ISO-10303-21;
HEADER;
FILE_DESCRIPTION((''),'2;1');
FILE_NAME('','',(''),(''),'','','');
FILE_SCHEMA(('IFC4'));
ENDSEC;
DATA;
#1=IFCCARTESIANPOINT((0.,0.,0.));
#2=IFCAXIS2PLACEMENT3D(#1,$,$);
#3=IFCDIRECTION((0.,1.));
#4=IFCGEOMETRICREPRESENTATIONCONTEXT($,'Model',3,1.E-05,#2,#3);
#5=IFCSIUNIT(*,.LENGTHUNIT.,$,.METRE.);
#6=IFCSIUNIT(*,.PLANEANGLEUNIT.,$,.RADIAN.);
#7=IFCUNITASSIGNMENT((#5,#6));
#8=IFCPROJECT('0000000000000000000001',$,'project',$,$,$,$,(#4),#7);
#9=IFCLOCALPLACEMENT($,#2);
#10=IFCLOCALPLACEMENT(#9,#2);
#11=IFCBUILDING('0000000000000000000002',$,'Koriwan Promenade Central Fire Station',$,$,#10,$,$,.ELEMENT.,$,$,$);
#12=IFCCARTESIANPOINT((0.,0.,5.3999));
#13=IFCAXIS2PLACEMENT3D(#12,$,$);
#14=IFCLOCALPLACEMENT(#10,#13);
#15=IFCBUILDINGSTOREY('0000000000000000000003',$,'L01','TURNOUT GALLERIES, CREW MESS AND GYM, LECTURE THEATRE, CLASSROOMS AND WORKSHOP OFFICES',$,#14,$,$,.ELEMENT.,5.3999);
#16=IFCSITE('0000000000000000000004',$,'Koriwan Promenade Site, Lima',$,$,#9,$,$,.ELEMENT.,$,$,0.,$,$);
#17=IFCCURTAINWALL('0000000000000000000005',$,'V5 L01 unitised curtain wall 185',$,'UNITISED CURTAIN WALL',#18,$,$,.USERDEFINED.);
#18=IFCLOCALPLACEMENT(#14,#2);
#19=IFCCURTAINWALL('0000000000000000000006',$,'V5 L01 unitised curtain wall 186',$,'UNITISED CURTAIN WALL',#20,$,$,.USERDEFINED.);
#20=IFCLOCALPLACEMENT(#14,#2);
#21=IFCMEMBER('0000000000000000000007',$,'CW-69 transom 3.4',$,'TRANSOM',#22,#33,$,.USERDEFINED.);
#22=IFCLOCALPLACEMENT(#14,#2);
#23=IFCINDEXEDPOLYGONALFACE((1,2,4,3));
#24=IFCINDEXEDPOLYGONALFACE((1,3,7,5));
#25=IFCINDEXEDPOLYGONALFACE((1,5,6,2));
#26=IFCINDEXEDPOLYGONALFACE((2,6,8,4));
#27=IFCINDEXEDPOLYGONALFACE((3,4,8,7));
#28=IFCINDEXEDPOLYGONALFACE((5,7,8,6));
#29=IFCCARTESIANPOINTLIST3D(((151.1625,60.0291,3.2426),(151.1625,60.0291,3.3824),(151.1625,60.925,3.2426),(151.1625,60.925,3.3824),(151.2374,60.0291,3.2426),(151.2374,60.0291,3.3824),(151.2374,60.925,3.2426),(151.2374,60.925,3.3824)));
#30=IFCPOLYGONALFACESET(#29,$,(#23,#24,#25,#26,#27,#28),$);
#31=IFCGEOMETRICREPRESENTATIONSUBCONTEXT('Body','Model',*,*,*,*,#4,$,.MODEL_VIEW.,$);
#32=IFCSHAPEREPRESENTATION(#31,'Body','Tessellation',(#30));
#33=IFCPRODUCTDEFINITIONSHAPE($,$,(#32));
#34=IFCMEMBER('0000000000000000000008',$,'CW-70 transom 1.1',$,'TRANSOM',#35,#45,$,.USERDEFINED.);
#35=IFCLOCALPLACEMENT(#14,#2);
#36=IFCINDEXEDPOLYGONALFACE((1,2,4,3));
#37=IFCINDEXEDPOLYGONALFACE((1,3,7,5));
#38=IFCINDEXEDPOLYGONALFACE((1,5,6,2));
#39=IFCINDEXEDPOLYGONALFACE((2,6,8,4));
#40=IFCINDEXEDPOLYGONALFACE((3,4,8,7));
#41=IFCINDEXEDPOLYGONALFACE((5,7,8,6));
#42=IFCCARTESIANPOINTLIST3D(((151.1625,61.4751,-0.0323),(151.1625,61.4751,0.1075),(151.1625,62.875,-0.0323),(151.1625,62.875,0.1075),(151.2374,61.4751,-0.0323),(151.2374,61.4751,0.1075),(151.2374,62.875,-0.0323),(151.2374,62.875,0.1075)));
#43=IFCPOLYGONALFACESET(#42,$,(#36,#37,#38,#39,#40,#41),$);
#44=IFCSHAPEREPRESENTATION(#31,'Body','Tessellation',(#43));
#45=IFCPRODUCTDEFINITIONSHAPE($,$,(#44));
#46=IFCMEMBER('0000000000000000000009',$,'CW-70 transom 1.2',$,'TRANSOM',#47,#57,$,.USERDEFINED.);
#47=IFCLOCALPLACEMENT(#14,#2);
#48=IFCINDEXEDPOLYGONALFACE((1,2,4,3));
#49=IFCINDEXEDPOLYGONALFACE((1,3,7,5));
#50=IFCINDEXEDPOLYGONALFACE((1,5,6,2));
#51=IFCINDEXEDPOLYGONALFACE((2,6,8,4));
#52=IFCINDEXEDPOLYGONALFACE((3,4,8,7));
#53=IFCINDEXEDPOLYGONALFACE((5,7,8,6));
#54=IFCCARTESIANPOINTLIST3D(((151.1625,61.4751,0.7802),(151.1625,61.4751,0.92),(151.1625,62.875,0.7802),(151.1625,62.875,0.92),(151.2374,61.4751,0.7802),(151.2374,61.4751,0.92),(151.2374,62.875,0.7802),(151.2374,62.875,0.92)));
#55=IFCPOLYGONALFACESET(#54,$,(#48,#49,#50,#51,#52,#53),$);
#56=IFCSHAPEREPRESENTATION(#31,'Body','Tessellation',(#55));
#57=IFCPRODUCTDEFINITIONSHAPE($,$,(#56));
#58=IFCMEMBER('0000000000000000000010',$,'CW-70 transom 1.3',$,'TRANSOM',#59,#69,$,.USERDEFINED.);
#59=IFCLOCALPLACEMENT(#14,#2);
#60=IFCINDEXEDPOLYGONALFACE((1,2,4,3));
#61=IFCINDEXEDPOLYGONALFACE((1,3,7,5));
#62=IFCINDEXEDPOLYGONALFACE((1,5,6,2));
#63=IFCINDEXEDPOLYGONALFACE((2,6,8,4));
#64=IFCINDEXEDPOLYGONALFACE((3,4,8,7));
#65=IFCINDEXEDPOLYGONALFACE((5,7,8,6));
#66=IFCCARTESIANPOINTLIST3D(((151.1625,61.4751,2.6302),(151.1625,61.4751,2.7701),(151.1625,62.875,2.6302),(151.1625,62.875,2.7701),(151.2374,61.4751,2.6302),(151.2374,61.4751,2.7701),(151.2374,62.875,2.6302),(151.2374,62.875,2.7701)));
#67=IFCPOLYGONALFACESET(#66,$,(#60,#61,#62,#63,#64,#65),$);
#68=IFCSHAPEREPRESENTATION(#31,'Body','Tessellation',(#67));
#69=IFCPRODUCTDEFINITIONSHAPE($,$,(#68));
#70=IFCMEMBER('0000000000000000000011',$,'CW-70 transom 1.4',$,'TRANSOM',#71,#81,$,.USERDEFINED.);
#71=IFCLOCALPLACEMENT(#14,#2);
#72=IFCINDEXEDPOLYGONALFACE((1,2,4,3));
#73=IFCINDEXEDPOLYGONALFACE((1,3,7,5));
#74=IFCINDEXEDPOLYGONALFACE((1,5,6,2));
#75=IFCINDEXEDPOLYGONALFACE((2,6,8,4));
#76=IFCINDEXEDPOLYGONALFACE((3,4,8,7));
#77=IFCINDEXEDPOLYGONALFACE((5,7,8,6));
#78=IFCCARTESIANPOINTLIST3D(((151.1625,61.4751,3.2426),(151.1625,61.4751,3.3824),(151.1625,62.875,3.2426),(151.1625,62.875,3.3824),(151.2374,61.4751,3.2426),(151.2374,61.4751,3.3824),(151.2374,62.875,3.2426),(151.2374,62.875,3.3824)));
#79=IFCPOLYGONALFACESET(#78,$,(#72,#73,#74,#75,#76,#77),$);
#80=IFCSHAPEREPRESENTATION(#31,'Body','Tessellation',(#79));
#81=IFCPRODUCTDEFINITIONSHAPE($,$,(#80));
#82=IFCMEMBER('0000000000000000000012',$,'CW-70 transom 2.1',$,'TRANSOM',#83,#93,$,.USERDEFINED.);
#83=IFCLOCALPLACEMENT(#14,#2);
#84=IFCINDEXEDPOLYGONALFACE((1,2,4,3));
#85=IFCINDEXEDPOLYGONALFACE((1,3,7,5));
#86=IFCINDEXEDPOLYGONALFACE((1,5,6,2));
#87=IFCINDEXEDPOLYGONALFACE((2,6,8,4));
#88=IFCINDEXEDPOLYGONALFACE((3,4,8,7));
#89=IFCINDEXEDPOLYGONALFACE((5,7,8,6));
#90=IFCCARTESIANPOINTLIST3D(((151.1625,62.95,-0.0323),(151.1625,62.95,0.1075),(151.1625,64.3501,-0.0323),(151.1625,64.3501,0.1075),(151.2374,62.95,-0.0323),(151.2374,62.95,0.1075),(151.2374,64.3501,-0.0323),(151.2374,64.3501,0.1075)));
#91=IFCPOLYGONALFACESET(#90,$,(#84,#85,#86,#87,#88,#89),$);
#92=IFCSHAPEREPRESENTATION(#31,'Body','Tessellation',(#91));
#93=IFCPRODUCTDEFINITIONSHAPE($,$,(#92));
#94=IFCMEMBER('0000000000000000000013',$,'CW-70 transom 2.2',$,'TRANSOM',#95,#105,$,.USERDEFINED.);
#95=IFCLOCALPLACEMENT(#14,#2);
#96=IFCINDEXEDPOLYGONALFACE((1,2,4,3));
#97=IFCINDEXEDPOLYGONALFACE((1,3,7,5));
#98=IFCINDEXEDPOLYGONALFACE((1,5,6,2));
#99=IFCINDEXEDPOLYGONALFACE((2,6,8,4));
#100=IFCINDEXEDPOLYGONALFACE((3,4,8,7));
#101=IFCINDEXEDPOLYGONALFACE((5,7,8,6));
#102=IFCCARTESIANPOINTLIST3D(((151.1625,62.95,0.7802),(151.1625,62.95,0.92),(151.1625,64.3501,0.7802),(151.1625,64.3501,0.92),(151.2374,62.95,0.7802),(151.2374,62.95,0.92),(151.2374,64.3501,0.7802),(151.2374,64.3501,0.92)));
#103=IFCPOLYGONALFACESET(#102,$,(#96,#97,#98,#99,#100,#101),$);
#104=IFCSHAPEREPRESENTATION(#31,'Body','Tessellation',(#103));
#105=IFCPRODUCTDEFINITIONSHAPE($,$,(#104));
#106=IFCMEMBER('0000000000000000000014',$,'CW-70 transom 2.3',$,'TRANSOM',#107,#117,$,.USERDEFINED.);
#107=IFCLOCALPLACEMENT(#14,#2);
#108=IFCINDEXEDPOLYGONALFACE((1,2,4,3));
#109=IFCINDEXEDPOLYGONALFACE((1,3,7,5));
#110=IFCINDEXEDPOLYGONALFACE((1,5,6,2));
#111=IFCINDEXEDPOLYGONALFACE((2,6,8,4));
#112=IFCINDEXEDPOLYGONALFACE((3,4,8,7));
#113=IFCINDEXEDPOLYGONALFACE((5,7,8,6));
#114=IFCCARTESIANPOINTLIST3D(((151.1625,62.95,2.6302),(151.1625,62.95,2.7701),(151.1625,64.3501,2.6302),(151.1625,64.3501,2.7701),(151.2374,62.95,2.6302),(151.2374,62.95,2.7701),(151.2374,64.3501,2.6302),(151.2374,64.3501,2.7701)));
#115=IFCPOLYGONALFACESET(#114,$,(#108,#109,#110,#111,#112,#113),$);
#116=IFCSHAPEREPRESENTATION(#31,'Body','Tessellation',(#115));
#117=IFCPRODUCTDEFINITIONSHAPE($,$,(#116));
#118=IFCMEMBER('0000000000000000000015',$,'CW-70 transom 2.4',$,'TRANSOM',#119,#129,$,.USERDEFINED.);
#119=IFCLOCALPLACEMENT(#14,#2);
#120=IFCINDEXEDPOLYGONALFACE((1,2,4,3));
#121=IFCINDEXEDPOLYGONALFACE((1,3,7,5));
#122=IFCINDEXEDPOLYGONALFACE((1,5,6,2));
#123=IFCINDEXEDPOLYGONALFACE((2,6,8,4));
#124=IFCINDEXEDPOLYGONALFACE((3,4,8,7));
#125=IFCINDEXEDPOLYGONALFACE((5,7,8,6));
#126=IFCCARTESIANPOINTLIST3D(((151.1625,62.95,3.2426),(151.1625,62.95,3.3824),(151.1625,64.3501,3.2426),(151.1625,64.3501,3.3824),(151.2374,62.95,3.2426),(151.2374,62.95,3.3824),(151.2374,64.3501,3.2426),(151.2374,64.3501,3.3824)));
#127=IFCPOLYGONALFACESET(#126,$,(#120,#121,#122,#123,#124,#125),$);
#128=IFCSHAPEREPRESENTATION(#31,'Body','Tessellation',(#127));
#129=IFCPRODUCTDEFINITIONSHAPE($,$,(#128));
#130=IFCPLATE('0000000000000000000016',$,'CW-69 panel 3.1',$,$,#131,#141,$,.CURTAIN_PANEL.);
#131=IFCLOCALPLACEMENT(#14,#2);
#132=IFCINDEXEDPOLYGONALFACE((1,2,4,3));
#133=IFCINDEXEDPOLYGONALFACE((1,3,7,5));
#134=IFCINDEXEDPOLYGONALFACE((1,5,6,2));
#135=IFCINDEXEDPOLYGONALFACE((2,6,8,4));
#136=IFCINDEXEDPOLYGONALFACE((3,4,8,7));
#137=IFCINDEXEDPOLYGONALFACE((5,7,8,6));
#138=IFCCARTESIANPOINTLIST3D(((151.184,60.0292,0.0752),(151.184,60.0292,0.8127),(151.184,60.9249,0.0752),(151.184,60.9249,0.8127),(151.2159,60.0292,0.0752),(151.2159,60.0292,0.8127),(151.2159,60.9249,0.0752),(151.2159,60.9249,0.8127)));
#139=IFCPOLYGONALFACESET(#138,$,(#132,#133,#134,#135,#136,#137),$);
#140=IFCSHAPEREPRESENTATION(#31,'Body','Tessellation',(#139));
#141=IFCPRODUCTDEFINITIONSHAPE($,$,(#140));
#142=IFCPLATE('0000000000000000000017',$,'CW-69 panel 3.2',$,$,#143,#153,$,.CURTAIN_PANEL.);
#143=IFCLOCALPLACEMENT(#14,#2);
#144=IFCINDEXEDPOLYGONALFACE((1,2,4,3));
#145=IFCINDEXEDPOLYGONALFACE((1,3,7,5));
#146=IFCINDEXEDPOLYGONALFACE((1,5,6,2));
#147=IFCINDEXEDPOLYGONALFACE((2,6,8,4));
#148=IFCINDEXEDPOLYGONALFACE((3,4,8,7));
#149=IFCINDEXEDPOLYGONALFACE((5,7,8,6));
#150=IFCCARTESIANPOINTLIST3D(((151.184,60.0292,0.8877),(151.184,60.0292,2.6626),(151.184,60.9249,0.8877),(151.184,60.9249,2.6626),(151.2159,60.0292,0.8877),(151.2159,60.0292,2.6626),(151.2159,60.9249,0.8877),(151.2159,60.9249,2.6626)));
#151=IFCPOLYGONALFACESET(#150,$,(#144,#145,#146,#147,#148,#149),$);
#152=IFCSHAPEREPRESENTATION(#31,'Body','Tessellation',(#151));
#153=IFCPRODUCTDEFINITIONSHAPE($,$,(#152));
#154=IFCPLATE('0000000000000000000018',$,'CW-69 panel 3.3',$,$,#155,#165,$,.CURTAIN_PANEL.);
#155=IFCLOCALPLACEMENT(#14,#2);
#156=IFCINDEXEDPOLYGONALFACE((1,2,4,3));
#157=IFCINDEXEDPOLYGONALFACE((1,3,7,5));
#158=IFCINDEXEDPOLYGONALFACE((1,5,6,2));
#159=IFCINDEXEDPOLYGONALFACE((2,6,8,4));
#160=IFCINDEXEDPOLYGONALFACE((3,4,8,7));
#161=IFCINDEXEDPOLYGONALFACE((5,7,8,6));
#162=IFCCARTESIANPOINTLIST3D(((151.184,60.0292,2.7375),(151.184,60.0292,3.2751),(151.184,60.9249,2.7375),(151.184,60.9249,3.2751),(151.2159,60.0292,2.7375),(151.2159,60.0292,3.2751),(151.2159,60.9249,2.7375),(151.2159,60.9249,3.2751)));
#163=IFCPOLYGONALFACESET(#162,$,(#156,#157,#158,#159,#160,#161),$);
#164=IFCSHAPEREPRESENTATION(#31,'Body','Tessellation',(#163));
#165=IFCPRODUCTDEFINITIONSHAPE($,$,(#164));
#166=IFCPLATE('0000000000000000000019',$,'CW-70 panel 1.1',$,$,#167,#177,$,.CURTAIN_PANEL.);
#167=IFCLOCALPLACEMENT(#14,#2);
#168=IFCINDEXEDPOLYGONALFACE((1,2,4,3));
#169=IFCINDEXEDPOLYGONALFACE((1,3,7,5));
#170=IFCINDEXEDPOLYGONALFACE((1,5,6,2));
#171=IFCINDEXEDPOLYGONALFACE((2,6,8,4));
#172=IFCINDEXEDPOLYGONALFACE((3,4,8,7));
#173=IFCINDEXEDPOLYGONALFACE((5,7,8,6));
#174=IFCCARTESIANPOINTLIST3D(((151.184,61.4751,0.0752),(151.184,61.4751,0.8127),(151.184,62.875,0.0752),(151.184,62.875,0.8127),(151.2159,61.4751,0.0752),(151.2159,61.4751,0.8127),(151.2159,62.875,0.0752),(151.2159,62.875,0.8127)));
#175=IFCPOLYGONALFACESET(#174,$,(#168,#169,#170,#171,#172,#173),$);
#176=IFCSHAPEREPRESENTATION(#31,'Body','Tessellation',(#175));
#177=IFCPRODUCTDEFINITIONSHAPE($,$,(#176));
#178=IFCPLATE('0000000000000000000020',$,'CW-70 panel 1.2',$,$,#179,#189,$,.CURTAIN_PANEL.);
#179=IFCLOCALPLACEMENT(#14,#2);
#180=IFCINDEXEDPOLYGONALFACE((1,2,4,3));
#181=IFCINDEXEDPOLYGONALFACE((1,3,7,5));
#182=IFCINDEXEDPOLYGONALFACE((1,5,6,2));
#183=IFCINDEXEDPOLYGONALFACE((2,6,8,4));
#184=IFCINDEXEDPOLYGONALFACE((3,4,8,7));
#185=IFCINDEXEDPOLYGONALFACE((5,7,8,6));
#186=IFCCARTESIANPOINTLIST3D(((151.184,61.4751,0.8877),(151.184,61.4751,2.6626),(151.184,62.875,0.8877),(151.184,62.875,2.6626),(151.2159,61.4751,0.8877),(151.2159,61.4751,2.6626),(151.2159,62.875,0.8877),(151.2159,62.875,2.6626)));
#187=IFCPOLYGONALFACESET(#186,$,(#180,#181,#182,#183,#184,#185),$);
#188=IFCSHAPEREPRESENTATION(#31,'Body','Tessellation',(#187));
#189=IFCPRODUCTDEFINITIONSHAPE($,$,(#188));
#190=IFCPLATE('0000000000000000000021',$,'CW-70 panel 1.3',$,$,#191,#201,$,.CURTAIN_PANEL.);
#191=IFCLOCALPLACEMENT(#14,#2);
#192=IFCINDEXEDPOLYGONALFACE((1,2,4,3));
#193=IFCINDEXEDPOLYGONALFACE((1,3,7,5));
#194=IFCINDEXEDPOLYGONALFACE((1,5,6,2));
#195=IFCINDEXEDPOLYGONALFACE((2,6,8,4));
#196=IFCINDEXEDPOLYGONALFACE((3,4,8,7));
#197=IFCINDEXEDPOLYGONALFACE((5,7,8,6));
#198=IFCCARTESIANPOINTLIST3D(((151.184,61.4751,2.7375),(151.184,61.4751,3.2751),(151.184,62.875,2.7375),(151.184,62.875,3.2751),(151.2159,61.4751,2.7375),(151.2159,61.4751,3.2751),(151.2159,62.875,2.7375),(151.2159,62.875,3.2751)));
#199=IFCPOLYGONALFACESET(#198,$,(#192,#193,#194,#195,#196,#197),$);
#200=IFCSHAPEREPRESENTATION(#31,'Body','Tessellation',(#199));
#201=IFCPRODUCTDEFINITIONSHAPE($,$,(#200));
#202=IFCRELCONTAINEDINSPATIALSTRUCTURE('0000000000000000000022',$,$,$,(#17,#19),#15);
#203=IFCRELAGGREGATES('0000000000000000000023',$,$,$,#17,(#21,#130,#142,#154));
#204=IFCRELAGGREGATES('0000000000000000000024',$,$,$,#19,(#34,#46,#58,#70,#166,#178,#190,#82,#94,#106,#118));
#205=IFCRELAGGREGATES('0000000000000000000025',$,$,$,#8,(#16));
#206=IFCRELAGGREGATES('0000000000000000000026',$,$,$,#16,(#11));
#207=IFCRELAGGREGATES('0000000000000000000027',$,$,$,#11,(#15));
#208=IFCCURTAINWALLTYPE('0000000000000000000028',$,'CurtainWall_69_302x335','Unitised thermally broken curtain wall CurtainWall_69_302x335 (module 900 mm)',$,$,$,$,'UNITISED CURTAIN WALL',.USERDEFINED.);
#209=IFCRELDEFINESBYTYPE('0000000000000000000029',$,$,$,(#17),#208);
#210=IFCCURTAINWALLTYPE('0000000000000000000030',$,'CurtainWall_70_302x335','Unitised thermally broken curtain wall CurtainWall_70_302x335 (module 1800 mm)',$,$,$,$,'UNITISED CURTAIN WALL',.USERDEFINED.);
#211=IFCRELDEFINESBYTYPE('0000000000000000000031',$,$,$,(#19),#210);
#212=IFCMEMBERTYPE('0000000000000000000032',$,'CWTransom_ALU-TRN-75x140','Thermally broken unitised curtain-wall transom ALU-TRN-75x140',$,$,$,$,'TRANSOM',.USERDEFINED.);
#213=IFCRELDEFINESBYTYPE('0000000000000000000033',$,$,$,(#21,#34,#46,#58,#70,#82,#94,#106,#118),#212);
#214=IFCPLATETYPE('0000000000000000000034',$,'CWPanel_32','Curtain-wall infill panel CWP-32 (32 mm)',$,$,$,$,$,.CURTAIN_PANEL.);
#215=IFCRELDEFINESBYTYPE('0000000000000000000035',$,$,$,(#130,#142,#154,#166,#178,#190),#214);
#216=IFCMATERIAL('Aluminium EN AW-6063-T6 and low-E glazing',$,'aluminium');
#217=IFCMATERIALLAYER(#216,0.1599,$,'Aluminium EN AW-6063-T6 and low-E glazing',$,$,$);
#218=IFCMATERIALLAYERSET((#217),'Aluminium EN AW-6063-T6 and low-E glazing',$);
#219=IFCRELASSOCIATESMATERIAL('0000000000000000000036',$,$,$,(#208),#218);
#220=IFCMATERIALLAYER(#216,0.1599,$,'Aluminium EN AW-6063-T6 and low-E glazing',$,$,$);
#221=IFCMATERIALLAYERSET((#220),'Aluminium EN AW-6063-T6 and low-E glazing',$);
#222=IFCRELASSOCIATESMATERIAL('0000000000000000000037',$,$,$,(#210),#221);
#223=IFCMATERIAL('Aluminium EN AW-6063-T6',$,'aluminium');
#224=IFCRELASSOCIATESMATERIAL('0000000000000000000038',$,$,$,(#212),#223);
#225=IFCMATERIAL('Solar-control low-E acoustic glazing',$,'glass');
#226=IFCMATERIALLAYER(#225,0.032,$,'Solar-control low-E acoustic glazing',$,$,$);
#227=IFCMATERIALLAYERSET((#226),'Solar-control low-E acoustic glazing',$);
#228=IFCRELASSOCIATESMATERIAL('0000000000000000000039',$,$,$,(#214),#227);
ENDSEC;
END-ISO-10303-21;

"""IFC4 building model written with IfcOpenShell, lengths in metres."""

from ifc_helpers import new_model, si_unit, direction, frame, origin, origin_2d, place, context, subcontext, project, spatial, rectangle, extrude, material, layer, layer_set, material_profile, profile_set, type_object, element, aggregate, save


model = new_model("IFC4")

# Units and contexts
model_context = context("Model", 3, precision=1e-05, world=origin(), true_north=direction((0.0, 1.0)))
body_context = subcontext(model_context, "Body", "Model", "MODEL_VIEW")
ifc_project = project(units=[si_unit("LENGTHUNIT", "METRE"), si_unit("PLANEANGLEUNIT", "RADIAN")], contexts=[model_context])

# Site, building, storey
site_placement = place(None, origin())
site = spatial("IfcSite", under=ifc_project, at=site_placement, Name="Koriwan Promenade Site, Lima", CompositionType="ELEMENT", RefElevation=0.0)
building_placement = place(site_placement, origin())
building = spatial("IfcBuilding", under=site, at=building_placement, Name="Koriwan Promenade Central Fire Station", CompositionType="ELEMENT")
storey_placement = place(building_placement, frame((0.0, 0.0, 5.3999)))
storey = spatial("IfcBuildingStorey", under=building, at=storey_placement, Name="L01", Description="TURNOUT GALLERIES, CREW MESS AND GYM, LECTURE THEATRE, CLASSROOMS AND WORKSHOP OFFICES", CompositionType="ELEMENT", Elevation=5.3999)

# Curtain wall
ifc_material_1 = material(Name="Aluminium EN AW-6063-T6 and low-E glazing", Category="aluminium")
ifc_layer_1 = layer(ifc_material_1, 0.1599, Name="Aluminium EN AW-6063-T6 and low-E glazing")
ifc_layer_set_1 = layer_set([ifc_layer_1], Name="Aluminium EN AW-6063-T6 and low-E glazing")
curtain_wall_type_1 = type_object("IfcCurtainWallType", Name="CurtainWall_69_302x335", Description="Unitised thermally broken curtain wall CurtainWall_69_302x335 (module 900 mm)", ElementType="UNITISED CURTAIN WALL", PredefinedType="USERDEFINED", material=ifc_layer_set_1)
curtain_wall_1_placement = place(storey_placement, origin())
curtain_wall_1 = element("IfcCurtainWall", 1, at=curtain_wall_1_placement, inside=storey, type_object=curtain_wall_type_1, Name="V5 L01 unitised curtain wall 185", ObjectType="UNITISED CURTAIN WALL", PredefinedType="USERDEFINED")
ifc_material_2 = material(Name="Aluminium EN AW-6063-T6", Category="aluminium")

# Curtain wall
ifc_layer_2 = layer(ifc_material_1, 0.1599, Name="Aluminium EN AW-6063-T6 and low-E glazing")
ifc_layer_set_2 = layer_set([ifc_layer_2], Name="Aluminium EN AW-6063-T6 and low-E glazing")
curtain_wall_type_2 = type_object("IfcCurtainWallType", Name="CurtainWall_70_302x335", Description="Unitised thermally broken curtain wall CurtainWall_70_302x335 (module 1800 mm)", ElementType="UNITISED CURTAIN WALL", PredefinedType="USERDEFINED", material=ifc_layer_set_2)
curtain_wall_2_placement = place(storey_placement, origin())
curtain_wall_2 = element("IfcCurtainWall", 2, at=curtain_wall_2_placement, inside=storey, type_object=curtain_wall_type_2, Name="V5 L01 unitised curtain wall 186", ObjectType="UNITISED CURTAIN WALL", PredefinedType="USERDEFINED")

# Members
ifc_material_profile_1 = material_profile(ifc_material_2, rectangle(XDim=0.075, YDim=0.1399, at=origin_2d()), Name="ALU-TRN-75x140")
ifc_profile_set_1 = profile_set([ifc_material_profile_1], Name="Aluminium EN AW-6063-T6")
member_type_1 = type_object("IfcMemberType", Name="CWTransom_ALU-TRN-75x140", Description="Thermally broken unitised curtain-wall transom ALU-TRN-75x140", ElementType="TRANSOM", PredefinedType="USERDEFINED", material=ifc_profile_set_1)
member_1_placement = place(storey_placement, frame((151.2, 60.0291, 3.3125), z_axis=(0.0, 1.0, 0.0), x_axis=(-1.0, 0.0, 0.0)))
member_1 = element("IfcMember", 3, at=member_1_placement, type_object=member_type_1, Name="CW-69 transom 3.4", ObjectType="TRANSOM", PredefinedType="USERDEFINED", context=body_context, shape_type="SweptSolid", body=[
    extrude(rectangle(XDim=0.075, YDim=0.1399, at=origin_2d()), origin(), (0.0, 0.0, 1.0), 0.896),
])
member_2_placement = place(storey_placement, frame((151.2, 61.4751, 0.0376), z_axis=(0.0, 1.0, 0.0), x_axis=(-1.0, 0.0, 0.0)))
member_2 = element("IfcMember", 4, at=member_2_placement, type_object=member_type_1, Name="CW-70 transom 1.1", ObjectType="TRANSOM", PredefinedType="USERDEFINED", context=body_context, shape_type="SweptSolid", body=[
    extrude(rectangle(XDim=0.075, YDim=0.1399, at=origin_2d()), origin(), (0.0, 0.0, 1.0), 1.3999),
])
member_3_placement = place(storey_placement, frame((151.2, 61.4751, 0.8501), z_axis=(0.0, 1.0, 0.0), x_axis=(-1.0, 0.0, 0.0)))
member_3 = element("IfcMember", 5, at=member_3_placement, type_object=member_type_1, Name="CW-70 transom 1.2", ObjectType="TRANSOM", PredefinedType="USERDEFINED", context=body_context, shape_type="SweptSolid", body=[
    extrude(rectangle(XDim=0.075, YDim=0.1399, at=origin_2d()), origin(), (0.0, 0.0, 1.0), 1.3999),
])
member_4_placement = place(storey_placement, frame((151.2, 61.4751, 2.7002), z_axis=(0.0, 1.0, 0.0), x_axis=(-1.0, 0.0, 0.0)))
member_4 = element("IfcMember", 6, at=member_4_placement, type_object=member_type_1, Name="CW-70 transom 1.3", ObjectType="TRANSOM", PredefinedType="USERDEFINED", context=body_context, shape_type="SweptSolid", body=[
    extrude(rectangle(XDim=0.075, YDim=0.1399, at=origin_2d()), origin(), (0.0, 0.0, 1.0), 1.3999),
])
member_5_placement = place(storey_placement, frame((151.2, 61.4751, 3.3125), z_axis=(0.0, 1.0, 0.0), x_axis=(-1.0, 0.0, 0.0)))
member_5 = element("IfcMember", 7, at=member_5_placement, type_object=member_type_1, Name="CW-70 transom 1.4", ObjectType="TRANSOM", PredefinedType="USERDEFINED", context=body_context, shape_type="SweptSolid", body=[
    extrude(rectangle(XDim=0.075, YDim=0.1399, at=origin_2d()), origin(), (0.0, 0.0, 1.0), 1.3999),
])
member_6_placement = place(storey_placement, frame((151.2, 62.95, 0.0376), z_axis=(0.0, 1.0, 0.0), x_axis=(-1.0, 0.0, 0.0)))
member_6 = element("IfcMember", 8, at=member_6_placement, type_object=member_type_1, Name="CW-70 transom 2.1", ObjectType="TRANSOM", PredefinedType="USERDEFINED", context=body_context, shape_type="SweptSolid", body=[
    extrude(rectangle(XDim=0.075, YDim=0.1399, at=origin_2d()), origin(), (0.0, 0.0, 1.0), 1.4001),
])
member_7_placement = place(storey_placement, frame((151.2, 62.95, 0.8501), z_axis=(0.0, 1.0, 0.0), x_axis=(-1.0, 0.0, 0.0)))
member_7 = element("IfcMember", 9, at=member_7_placement, type_object=member_type_1, Name="CW-70 transom 2.2", ObjectType="TRANSOM", PredefinedType="USERDEFINED", context=body_context, shape_type="SweptSolid", body=[
    extrude(rectangle(XDim=0.075, YDim=0.1399, at=origin_2d()), origin(), (0.0, 0.0, 1.0), 1.4001),
])
member_8_placement = place(storey_placement, frame((151.2, 62.95, 2.7002), z_axis=(0.0, 1.0, 0.0), x_axis=(-1.0, 0.0, 0.0)))
member_8 = element("IfcMember", 10, at=member_8_placement, type_object=member_type_1, Name="CW-70 transom 2.3", ObjectType="TRANSOM", PredefinedType="USERDEFINED", context=body_context, shape_type="SweptSolid", body=[
    extrude(rectangle(XDim=0.075, YDim=0.1399, at=origin_2d()), origin(), (0.0, 0.0, 1.0), 1.4001),
])
member_9_placement = place(storey_placement, frame((151.2, 62.95, 3.3125), z_axis=(0.0, 1.0, 0.0), x_axis=(-1.0, 0.0, 0.0)))
member_9 = element("IfcMember", 11, at=member_9_placement, type_object=member_type_1, Name="CW-70 transom 2.4", ObjectType="TRANSOM", PredefinedType="USERDEFINED", context=body_context, shape_type="SweptSolid", body=[
    extrude(rectangle(XDim=0.075, YDim=0.1399, at=origin_2d()), origin(), (0.0, 0.0, 1.0), 1.4001),
])

# Plates
ifc_material_3 = material(Name="Solar-control low-E acoustic glazing", Category="glass")
ifc_layer_3 = layer(ifc_material_3, 0.032, Name="Solar-control low-E acoustic glazing")
ifc_layer_set_3 = layer_set([ifc_layer_3], Name="Solar-control low-E acoustic glazing")
plate_type = type_object("IfcPlateType", Name="CWPanel_32", Description="Curtain-wall infill panel CWP-32 (32 mm)", PredefinedType="CURTAIN_PANEL", material=ifc_layer_set_3)
plate_1_placement = place(storey_placement, frame((151.2, 60.4771, 0.0752), z_axis=(0.0, 0.0, 1.0), x_axis=(0.0, 1.0, 0.0)))
plate_1 = element("IfcPlate", 12, at=plate_1_placement, type_object=plate_type, Name="CW-69 panel 3.1", PredefinedType="CURTAIN_PANEL", context=body_context, shape_type="SweptSolid", body=[
    extrude(rectangle(XDim=0.8958, YDim=0.032, at=origin_2d()), origin(), (0.0, 0.0, 1.0), 0.7375),
])
plate_2_placement = place(storey_placement, frame((151.2, 60.4771, 0.8877), z_axis=(0.0, 0.0, 1.0), x_axis=(0.0, 1.0, 0.0)))
plate_2 = element("IfcPlate", 13, at=plate_2_placement, type_object=plate_type, Name="CW-69 panel 3.2", PredefinedType="CURTAIN_PANEL", context=body_context, shape_type="SweptSolid", body=[
    extrude(rectangle(XDim=0.8958, YDim=0.032, at=origin_2d()), origin(), (0.0, 0.0, 1.0), 1.7749),
])
plate_3_placement = place(storey_placement, frame((151.2, 60.4771, 2.7375), z_axis=(0.0, 0.0, 1.0), x_axis=(0.0, 1.0, 0.0)))
plate_3 = element("IfcPlate", 14, at=plate_3_placement, type_object=plate_type, Name="CW-69 panel 3.3", PredefinedType="CURTAIN_PANEL", context=body_context, shape_type="SweptSolid", body=[
    extrude(rectangle(XDim=0.8958, YDim=0.032, at=origin_2d()), origin(), (0.0, 0.0, 1.0), 0.5376),
])
aggregate(curtain_wall_1, [member_1, plate_1, plate_2, plate_3])
plate_4_placement = place(storey_placement, frame((151.2, 62.175, 0.0752), z_axis=(0.0, 0.0, 1.0), x_axis=(0.0, 1.0, 0.0)))
plate_4 = element("IfcPlate", 15, at=plate_4_placement, type_object=plate_type, Name="CW-70 panel 1.1", PredefinedType="CURTAIN_PANEL", context=body_context, shape_type="SweptSolid", body=[
    extrude(rectangle(XDim=1.3999, YDim=0.032, at=origin_2d()), origin(), (0.0, 0.0, 1.0), 0.7375),
])
plate_5_placement = place(storey_placement, frame((151.2, 62.175, 0.8877), z_axis=(0.0, 0.0, 1.0), x_axis=(0.0, 1.0, 0.0)))
plate_5 = element("IfcPlate", 16, at=plate_5_placement, type_object=plate_type, Name="CW-70 panel 1.2", PredefinedType="CURTAIN_PANEL", context=body_context, shape_type="SweptSolid", body=[
    extrude(rectangle(XDim=1.3999, YDim=0.032, at=origin_2d()), origin(), (0.0, 0.0, 1.0), 1.7749),
])
plate_6_placement = place(storey_placement, frame((151.2, 62.175, 2.7375), z_axis=(0.0, 0.0, 1.0), x_axis=(0.0, 1.0, 0.0)))
plate_6 = element("IfcPlate", 17, at=plate_6_placement, type_object=plate_type, Name="CW-70 panel 1.3", PredefinedType="CURTAIN_PANEL", context=body_context, shape_type="SweptSolid", body=[
    extrude(rectangle(XDim=1.3999, YDim=0.032, at=origin_2d()), origin(), (0.0, 0.0, 1.0), 0.5376),
])
aggregate(curtain_wall_2, [member_2, member_3, member_4, member_5, plate_4, plate_5, plate_6, member_6, member_7, member_8, member_9])

save(model, "model.ifc")
